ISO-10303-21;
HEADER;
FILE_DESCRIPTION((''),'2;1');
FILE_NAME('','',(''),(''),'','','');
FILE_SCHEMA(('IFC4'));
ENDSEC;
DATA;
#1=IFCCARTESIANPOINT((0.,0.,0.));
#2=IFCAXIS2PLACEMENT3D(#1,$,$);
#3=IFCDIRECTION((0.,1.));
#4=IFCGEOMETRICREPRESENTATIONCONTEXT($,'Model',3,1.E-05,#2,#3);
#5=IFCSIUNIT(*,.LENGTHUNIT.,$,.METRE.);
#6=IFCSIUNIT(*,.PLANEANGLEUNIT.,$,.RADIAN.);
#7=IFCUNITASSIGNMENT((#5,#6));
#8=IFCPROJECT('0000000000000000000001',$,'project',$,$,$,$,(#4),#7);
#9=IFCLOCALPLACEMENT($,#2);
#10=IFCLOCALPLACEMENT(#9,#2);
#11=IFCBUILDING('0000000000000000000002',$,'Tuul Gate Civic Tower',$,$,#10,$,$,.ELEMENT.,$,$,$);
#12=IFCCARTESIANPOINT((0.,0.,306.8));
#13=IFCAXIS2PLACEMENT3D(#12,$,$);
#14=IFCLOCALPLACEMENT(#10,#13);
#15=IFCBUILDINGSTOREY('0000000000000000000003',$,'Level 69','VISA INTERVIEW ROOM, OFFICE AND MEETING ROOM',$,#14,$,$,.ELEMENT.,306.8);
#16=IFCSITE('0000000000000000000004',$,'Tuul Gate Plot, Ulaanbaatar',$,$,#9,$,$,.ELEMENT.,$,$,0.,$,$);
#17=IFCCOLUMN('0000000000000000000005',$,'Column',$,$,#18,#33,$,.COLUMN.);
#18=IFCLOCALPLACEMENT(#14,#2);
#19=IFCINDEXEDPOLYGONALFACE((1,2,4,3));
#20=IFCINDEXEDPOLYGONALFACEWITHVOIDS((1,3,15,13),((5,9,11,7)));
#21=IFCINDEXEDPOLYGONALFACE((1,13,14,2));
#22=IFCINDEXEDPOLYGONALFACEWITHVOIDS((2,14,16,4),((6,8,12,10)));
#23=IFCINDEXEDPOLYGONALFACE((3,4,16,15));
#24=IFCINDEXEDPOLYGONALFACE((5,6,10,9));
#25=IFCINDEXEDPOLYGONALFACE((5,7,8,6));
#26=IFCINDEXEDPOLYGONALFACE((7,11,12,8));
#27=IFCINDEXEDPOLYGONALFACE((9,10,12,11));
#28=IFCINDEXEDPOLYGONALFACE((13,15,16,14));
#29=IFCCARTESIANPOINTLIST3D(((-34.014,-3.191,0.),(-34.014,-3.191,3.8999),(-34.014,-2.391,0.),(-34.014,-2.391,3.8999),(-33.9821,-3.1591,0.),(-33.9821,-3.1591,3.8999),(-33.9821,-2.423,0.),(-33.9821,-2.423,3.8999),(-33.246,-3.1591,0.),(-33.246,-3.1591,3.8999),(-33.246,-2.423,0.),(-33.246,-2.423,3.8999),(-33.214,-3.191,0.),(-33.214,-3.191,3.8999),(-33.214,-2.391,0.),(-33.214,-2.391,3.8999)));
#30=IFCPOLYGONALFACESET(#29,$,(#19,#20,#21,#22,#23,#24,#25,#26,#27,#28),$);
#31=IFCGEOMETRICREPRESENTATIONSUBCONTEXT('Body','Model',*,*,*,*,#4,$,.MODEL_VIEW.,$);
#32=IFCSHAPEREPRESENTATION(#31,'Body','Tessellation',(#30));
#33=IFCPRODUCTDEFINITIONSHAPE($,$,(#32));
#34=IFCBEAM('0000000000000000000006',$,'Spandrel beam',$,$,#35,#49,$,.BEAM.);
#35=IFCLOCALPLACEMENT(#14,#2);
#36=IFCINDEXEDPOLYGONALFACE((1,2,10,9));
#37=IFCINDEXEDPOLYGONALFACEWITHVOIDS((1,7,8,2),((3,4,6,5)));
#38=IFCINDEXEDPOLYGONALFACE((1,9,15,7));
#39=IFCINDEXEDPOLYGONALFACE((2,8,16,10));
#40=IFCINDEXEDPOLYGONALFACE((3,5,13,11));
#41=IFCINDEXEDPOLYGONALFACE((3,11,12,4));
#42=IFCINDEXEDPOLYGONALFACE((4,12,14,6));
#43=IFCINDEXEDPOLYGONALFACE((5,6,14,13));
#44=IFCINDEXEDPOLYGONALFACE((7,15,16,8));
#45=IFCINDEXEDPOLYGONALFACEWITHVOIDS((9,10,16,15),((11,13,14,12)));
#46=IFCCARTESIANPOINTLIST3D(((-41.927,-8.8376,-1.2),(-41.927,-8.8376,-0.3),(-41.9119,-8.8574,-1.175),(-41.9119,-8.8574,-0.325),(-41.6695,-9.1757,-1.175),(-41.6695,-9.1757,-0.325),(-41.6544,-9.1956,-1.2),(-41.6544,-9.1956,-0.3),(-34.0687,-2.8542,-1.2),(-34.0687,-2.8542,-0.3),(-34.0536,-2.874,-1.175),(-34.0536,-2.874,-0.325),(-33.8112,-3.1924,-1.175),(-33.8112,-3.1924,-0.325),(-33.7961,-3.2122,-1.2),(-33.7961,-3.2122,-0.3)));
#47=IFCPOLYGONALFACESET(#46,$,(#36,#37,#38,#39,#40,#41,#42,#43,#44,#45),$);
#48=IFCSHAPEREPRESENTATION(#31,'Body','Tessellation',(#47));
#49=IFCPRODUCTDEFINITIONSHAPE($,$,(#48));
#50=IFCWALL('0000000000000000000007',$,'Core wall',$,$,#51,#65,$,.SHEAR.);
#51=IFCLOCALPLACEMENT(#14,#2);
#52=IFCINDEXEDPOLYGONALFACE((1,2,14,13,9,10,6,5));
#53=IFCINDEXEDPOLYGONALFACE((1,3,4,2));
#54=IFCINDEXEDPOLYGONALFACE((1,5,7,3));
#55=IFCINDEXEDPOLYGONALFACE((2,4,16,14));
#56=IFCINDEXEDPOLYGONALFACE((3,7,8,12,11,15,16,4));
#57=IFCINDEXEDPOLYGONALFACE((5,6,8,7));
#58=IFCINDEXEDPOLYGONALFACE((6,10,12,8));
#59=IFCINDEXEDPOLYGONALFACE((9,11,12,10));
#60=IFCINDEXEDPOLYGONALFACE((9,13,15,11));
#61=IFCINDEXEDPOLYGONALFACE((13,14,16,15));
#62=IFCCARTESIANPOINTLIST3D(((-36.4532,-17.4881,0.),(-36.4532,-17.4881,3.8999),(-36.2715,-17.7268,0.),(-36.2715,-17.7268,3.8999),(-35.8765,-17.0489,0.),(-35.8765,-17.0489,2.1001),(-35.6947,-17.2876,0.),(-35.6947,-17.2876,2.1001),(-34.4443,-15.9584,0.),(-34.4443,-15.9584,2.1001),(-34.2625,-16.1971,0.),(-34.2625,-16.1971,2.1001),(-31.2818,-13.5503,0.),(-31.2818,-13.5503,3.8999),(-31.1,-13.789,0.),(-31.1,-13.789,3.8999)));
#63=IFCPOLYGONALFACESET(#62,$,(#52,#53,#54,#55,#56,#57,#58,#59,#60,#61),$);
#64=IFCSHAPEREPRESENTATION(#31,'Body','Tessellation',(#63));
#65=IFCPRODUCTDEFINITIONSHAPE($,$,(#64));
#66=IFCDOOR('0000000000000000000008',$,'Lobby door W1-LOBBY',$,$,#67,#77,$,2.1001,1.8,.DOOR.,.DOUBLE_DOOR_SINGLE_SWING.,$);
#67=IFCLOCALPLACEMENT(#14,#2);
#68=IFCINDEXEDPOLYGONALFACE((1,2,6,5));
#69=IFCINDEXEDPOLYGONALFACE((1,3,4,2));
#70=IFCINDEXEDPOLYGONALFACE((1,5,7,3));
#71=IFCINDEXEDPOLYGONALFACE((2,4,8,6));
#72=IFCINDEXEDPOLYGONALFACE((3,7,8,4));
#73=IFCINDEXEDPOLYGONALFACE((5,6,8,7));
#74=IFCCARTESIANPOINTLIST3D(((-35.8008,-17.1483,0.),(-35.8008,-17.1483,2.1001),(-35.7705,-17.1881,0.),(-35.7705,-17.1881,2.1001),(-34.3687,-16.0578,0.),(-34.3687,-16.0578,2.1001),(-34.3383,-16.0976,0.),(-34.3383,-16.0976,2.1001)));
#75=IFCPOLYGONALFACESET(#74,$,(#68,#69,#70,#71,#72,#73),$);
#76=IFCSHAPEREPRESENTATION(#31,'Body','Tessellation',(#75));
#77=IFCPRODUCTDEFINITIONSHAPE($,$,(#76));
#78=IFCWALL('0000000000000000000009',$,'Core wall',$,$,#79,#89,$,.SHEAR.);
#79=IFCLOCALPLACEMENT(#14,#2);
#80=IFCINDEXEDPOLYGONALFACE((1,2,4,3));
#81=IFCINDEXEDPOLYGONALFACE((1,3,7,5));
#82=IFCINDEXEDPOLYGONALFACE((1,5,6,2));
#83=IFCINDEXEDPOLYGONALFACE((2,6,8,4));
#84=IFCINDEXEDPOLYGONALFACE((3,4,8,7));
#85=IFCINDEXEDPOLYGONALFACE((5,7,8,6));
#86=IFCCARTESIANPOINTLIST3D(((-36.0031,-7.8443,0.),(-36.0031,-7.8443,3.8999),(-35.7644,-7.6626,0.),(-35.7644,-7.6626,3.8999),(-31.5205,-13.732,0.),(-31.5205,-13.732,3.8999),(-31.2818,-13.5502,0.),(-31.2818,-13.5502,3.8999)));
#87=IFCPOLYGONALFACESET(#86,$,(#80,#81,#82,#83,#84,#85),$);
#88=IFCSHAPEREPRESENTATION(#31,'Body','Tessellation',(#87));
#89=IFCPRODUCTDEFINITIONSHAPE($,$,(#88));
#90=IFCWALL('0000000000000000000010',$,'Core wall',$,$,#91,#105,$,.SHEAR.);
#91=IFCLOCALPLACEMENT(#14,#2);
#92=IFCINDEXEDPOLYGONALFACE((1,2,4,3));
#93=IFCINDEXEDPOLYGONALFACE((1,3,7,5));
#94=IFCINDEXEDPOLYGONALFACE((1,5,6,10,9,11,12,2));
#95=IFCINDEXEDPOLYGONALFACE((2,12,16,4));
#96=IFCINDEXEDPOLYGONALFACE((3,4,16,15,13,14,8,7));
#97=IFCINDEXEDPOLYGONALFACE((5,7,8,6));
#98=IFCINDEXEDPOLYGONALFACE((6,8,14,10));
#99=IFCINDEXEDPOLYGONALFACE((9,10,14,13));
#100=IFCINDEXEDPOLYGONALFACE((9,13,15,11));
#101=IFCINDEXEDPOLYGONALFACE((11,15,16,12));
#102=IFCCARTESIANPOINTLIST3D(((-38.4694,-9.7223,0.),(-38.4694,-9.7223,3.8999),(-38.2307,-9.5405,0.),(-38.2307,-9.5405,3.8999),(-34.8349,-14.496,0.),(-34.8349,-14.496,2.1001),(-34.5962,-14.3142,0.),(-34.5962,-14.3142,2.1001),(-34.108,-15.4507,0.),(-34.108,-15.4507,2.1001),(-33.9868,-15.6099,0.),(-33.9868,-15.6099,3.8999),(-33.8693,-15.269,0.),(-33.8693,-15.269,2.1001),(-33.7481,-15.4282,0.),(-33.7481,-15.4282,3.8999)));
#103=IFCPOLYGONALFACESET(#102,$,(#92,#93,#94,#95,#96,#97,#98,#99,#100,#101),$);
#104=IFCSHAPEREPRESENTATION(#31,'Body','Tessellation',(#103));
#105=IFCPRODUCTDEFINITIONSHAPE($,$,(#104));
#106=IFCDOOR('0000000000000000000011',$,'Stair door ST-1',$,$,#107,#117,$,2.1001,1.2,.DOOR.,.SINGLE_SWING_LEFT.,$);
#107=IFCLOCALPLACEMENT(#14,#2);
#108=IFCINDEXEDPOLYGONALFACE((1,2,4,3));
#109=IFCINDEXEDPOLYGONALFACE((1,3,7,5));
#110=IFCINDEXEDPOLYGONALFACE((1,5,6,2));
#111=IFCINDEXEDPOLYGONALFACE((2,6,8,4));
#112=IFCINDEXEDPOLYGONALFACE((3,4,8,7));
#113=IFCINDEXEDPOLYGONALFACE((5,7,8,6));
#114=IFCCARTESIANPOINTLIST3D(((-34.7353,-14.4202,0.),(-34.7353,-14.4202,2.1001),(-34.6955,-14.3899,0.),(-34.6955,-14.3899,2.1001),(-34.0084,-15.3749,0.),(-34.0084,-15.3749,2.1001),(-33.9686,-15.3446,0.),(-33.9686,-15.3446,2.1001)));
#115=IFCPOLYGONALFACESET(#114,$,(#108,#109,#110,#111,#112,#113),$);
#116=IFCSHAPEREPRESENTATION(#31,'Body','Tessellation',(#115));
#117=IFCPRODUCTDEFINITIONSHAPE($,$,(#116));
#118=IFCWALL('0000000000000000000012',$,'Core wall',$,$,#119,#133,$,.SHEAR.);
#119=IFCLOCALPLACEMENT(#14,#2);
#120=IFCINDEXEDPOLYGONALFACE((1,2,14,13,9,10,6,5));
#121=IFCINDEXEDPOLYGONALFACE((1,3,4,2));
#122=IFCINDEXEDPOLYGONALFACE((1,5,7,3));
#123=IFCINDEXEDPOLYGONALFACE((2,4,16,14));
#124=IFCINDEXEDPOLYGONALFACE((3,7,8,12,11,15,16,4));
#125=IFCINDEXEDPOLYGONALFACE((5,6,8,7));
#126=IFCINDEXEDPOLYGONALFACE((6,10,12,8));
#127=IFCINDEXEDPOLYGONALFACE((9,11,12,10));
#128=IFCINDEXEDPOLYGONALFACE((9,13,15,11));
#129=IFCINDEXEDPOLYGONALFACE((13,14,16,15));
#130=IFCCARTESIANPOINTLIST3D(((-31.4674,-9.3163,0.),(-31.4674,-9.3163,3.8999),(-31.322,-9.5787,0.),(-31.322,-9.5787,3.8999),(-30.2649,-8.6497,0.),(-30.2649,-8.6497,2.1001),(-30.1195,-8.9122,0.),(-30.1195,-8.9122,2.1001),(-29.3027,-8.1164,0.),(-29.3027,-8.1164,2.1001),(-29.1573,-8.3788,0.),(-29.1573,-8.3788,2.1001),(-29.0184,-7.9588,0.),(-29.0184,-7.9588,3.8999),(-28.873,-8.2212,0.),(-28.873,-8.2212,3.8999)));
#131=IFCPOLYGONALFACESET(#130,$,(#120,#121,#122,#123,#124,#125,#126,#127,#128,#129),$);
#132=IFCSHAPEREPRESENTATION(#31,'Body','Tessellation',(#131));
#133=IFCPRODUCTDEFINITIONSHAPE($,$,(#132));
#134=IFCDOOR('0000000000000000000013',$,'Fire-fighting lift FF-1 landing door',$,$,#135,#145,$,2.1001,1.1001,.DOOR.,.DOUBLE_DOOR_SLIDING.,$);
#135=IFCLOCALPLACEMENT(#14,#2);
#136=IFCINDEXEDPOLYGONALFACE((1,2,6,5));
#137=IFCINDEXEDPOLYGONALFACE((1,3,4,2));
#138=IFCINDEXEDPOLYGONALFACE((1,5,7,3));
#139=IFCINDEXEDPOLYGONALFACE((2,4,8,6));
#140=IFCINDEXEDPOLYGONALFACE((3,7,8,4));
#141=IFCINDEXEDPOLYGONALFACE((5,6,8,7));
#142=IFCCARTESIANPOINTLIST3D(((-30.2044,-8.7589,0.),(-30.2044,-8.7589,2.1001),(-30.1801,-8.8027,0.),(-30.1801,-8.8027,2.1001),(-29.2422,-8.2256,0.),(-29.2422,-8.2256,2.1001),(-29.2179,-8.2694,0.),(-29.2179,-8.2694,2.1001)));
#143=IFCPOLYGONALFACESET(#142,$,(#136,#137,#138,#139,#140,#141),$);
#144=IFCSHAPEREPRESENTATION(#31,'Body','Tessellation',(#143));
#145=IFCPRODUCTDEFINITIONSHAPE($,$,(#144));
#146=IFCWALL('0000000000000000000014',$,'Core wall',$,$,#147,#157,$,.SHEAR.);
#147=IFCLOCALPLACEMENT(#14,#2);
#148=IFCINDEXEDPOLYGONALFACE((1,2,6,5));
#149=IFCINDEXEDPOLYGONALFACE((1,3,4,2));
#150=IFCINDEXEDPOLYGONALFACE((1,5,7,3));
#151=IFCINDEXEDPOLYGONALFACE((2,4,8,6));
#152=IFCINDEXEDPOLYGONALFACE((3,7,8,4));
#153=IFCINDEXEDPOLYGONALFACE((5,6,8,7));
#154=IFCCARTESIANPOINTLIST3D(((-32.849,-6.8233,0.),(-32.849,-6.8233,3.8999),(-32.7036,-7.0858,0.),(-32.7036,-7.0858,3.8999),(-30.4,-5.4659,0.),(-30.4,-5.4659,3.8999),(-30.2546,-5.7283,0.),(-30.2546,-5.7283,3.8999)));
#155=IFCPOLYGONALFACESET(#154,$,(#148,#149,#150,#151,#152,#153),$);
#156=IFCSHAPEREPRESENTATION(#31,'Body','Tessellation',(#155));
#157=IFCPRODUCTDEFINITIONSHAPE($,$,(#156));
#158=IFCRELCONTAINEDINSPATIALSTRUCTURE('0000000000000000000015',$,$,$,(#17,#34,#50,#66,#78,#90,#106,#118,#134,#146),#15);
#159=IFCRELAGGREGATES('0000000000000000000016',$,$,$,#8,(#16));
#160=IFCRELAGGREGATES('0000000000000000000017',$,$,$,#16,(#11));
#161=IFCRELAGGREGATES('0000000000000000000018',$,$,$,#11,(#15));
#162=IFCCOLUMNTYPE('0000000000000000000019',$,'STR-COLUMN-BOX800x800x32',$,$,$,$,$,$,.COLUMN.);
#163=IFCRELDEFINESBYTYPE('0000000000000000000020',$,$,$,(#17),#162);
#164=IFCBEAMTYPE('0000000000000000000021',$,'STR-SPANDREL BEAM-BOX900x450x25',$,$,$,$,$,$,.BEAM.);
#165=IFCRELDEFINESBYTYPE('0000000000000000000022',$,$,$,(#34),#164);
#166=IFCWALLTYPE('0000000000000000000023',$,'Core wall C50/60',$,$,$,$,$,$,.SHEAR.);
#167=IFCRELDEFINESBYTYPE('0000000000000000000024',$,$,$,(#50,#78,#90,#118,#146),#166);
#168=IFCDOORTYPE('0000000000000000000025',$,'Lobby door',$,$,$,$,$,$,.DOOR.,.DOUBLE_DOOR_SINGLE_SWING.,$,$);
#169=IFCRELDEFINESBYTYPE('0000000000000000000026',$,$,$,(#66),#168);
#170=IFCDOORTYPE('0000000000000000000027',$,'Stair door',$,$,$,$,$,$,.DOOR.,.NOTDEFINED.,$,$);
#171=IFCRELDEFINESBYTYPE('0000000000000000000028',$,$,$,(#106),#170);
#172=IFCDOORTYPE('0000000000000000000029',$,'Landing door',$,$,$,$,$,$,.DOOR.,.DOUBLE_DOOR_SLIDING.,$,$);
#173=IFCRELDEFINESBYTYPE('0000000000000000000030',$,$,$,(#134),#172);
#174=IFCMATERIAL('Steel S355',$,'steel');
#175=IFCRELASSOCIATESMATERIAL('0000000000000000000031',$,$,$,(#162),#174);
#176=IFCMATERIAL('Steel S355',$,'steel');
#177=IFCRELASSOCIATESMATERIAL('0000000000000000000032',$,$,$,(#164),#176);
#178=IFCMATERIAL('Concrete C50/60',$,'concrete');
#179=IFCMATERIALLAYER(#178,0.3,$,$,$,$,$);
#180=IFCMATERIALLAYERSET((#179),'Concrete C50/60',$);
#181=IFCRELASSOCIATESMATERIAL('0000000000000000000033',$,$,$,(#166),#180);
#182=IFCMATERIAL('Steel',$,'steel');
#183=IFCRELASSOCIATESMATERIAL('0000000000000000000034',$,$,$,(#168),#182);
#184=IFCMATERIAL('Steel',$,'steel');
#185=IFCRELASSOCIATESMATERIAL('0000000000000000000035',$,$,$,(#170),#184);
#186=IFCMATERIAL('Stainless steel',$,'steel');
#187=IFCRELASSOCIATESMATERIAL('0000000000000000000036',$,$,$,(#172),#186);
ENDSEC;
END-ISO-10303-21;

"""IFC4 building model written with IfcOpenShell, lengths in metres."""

from ifc_helpers import new_model, si_unit, direction, frame, frame_2d, origin, origin_2d, place, context, subcontext, project, spatial, rectangle, hollow_rectangle, extrude, material, layer, layer_set, material_profile, profile_set, type_object, element, fill, save


model = new_model("IFC4")

# Units and contexts
model_context = context("Model", 3, precision=1e-05, world=origin(), true_north=direction((0.0, 1.0)))
body_context = subcontext(model_context, "Body", "Model", "MODEL_VIEW")
ifc_project = project(units=[si_unit("LENGTHUNIT", "METRE"), si_unit("PLANEANGLEUNIT", "RADIAN")], contexts=[model_context])

# Site, building, storey
site_placement = place(None, origin())
site = spatial("IfcSite", under=ifc_project, at=site_placement, Name="Tuul Gate Plot, Ulaanbaatar", CompositionType="ELEMENT", RefElevation=0.0)
building_placement = place(site_placement, origin())
building = spatial("IfcBuilding", under=site, at=building_placement, Name="Tuul Gate Civic Tower", CompositionType="ELEMENT")
storey_placement = place(building_placement, frame((0.0, 0.0, 306.8)))
storey = spatial("IfcBuildingStorey", under=building, at=storey_placement, Name="Level 69", Description="VISA INTERVIEW ROOM, OFFICE AND MEETING ROOM", CompositionType="ELEMENT", Elevation=306.8)

# Column
ifc_material_1 = material(Name="Steel S355", Category="steel")
ifc_material_profile_1 = material_profile(ifc_material_1, hollow_rectangle(XDim=0.8, YDim=0.8, WallThickness=0.032, at=origin_2d()), Name="BOX800x800x32")
ifc_profile_set_1 = profile_set([ifc_material_profile_1], Name="Steel S355")
column_type = type_object("IfcColumnType", Name="STR-COLUMN-BOX800x800x32", PredefinedType="COLUMN", material=ifc_profile_set_1)
column_placement = place(storey_placement, frame((-33.614, -2.791, 0.0), z_axis=(0.0, 0.0, 1.0), x_axis=(1.0, 0.0, 0.0)))
element("IfcColumn", 1, at=column_placement, inside=storey, type_object=column_type, Name="Column", PredefinedType="COLUMN", context=body_context, shape_type="SweptSolid", body=[
    extrude(hollow_rectangle(XDim=0.8, YDim=0.8, WallThickness=0.032, at=origin_2d()), origin(), (0.0, 0.0, 1.0), 3.8999),
])

# Beam
ifc_material_2 = material(Name="Steel S355", Category="steel")
ifc_material_profile_2 = material_profile(ifc_material_2, hollow_rectangle(XDim=0.45, YDim=0.8999, WallThickness=0.0249, at=origin_2d()), Name="BOX900x450x25")
ifc_profile_set_2 = profile_set([ifc_material_profile_2], Name="Steel S355")
beam_type = type_object("IfcBeamType", Name="STR-SPANDREL BEAM-BOX900x450x25", PredefinedType="BEAM", material=ifc_profile_set_2)
beam_placement = place(storey_placement, frame((-33.9324, -3.0332, -0.75), z_axis=(-0.795625, -0.60579, 0.0), x_axis=(0.60579, -0.795625, 0.0)))
element("IfcBeam", 2, at=beam_placement, inside=storey, type_object=beam_type, Name="Spandrel beam", PredefinedType="BEAM", context=body_context, shape_type="SweptSolid", body=[
    extrude(hollow_rectangle(XDim=0.45, YDim=0.8999, WallThickness=0.0249, at=origin_2d()), origin(), (0.0, 0.0, 1.0), 9.877),
])

# Wall, opening, door
ifc_material_3 = material(Name="Concrete C50/60", Category="concrete")
ifc_layer_1 = layer(ifc_material_3, 0.3)
ifc_layer_set_1 = layer_set([ifc_layer_1], Name="Concrete C50/60")
wall_type_1 = type_object("IfcWallType", Name="Core wall C50/60", PredefinedType="SHEAR", material=ifc_layer_set_1)
wall_1_placement = place(storey_placement, frame((-31.1909, -13.6697, 0.0), z_axis=(0.0, 0.0, 1.0), x_axis=(-0.795607, -0.605813, 0.0)))
wall_1 = element("IfcWall", 3, at=wall_1_placement, inside=storey, type_object=wall_type_1, Name="Core wall", PredefinedType="SHEAR", context=body_context, shape_type="SweptSolid", body=[
    extrude(rectangle(XDim=6.5, YDim=0.3, at=frame_2d((3.25, 0.0))), origin(), (0.0, 0.0, 1.0), 3.8999),
])
opening_1_placement = place(wall_1_placement, frame((3.9751, 0.0, 0.0)))
opening_1 = element("IfcOpeningElement", 4, at=opening_1_placement, cuts=wall_1, PredefinedType="OPENING", context=body_context, shape_type="SweptSolid", body=[
    extrude(rectangle(XDim=1.8, YDim=2.1001, at=frame_2d((0.8999, 1.05))), frame((0.0, 0.1602, 0.0), z_axis=(0.0, -1.0, 0.0), x_axis=(1.0, 0.0, 0.0)), (0.0, 0.0, 1.0), 0.3201),
])
ifc_material_4 = material(Name="Steel", Category="steel")
door_type_1 = type_object("IfcDoorType", Name="Lobby door", OperationType="DOUBLE_DOOR_SINGLE_SWING", PredefinedType="DOOR", material=ifc_material_4)
door_1_placement = place(opening_1_placement, origin())
door_1 = element("IfcDoor", 5, at=door_1_placement, inside=storey, type_object=door_type_1, Name="Lobby door W1-LOBBY", OperationType="DOUBLE_DOOR_SINGLE_SWING", OverallHeight=2.1001, OverallWidth=1.8, PredefinedType="DOOR", context=body_context, shape_type="SweptSolid", body=[
    extrude(rectangle(XDim=1.8, YDim=2.1001, at=frame_2d((0.8999, 1.05))), frame((0.0, 0.0249, 0.0), z_axis=(0.0, -1.0, 0.0), x_axis=(1.0, 0.0, 0.0)), (0.0, 0.0, 1.0), 0.05),
])
fill(opening_1, door_1)

# Wall
wall_2_placement = place(storey_placement, frame((-31.4011, -13.6411, 0.0), z_axis=(0.0, 0.0, 1.0), x_axis=(-0.60577, 0.79564, 0.0)))
element("IfcWall", 6, at=wall_2_placement, inside=storey, type_object=wall_type_1, Name="Core wall", PredefinedType="SHEAR", context=body_context, shape_type="SweptSolid", body=[
    extrude(rectangle(XDim=7.3999, YDim=0.3, at=frame_2d((3.7, 0.0))), origin(), (0.0, 0.0, 1.0), 3.8999),
])

# Walls, openings, doors
wall_3_placement = place(storey_placement, frame((-33.8674, -15.519, 0.0), z_axis=(0.0, 0.0, 1.0), x_axis=(-0.60577, 0.79564, 0.0)))
wall_3 = element("IfcWall", 7, at=wall_3_placement, inside=storey, type_object=wall_type_1, Name="Core wall", PredefinedType="SHEAR", context=body_context, shape_type="SweptSolid", body=[
    extrude(rectangle(XDim=7.3999, YDim=0.3, at=frame_2d((3.7, 0.0))), origin(), (0.0, 0.0, 1.0), 3.8999),
])
opening_2_placement = place(wall_3_placement, frame((0.2, 0.0, 0.0)))
opening_2 = element("IfcOpeningElement", 8, at=opening_2_placement, cuts=wall_3, PredefinedType="OPENING", context=body_context, shape_type="SweptSolid", body=[
    extrude(rectangle(XDim=1.2, YDim=2.1001, at=frame_2d((0.6001, 1.05))), frame((0.0, 0.1602, 0.0), z_axis=(0.0, -1.0, 0.0), x_axis=(1.0, 0.0, 0.0)), (0.0, 0.0, 1.0), 0.3201),
])
ifc_material_5 = material(Name="Steel", Category="steel")
door_type_2 = type_object("IfcDoorType", Name="Stair door", OperationType="NOTDEFINED", PredefinedType="DOOR", material=ifc_material_5)
door_2_placement = place(opening_2_placement, origin())
door_2 = element("IfcDoor", 9, at=door_2_placement, inside=storey, type_object=door_type_2, Name="Stair door ST-1", OperationType="SINGLE_SWING_LEFT", OverallHeight=2.1001, OverallWidth=1.2, PredefinedType="DOOR", context=body_context, shape_type="SweptSolid", body=[
    extrude(rectangle(XDim=1.2, YDim=2.1001, at=frame_2d((0.6001, 1.05))), frame((0.0, 0.0249, 0.0), z_axis=(0.0, -1.0, 0.0), x_axis=(1.0, 0.0, 0.0)), (0.0, 0.0, 1.0), 0.05),
])
fill(opening_2, door_2)
wall_4_placement = place(storey_placement, frame((-28.9458, -8.0901, 0.0), z_axis=(0.0, 0.0, 1.0), x_axis=(-0.87463, -0.484791, 0.0)))
wall_4 = element("IfcWall", 10, at=wall_4_placement, inside=storey, type_object=wall_type_1, Name="Core wall", PredefinedType="SHEAR", context=body_context, shape_type="SweptSolid", body=[
    extrude(rectangle(XDim=2.8, YDim=0.3, at=frame_2d((1.3999, 0.0))), origin(), (0.0, 0.0, 1.0), 3.8999),
])
opening_3_placement = place(wall_4_placement, frame((0.325, 0.0, 0.0)))
opening_3 = element("IfcOpeningElement", 11, at=opening_3_placement, cuts=wall_4, PredefinedType="OPENING", context=body_context, shape_type="SweptSolid", body=[
    extrude(rectangle(XDim=1.1001, YDim=2.1001, at=frame_2d((0.55, 1.05))), frame((0.0, 0.1602, 0.0), z_axis=(0.0, -1.0, 0.0), x_axis=(1.0, 0.0, 0.0)), (0.0, 0.0, 1.0), 0.3201),
])
ifc_material_6 = material(Name="Stainless steel", Category="steel")
door_type_3 = type_object("IfcDoorType", Name="Landing door", OperationType="DOUBLE_DOOR_SLIDING", PredefinedType="DOOR", material=ifc_material_6)
door_3_placement = place(opening_3_placement, origin())
door_3 = element("IfcDoor", 12, at=door_3_placement, inside=storey, type_object=door_type_3, Name="Fire-fighting lift FF-1 landing door", OperationType="DOUBLE_DOOR_SLIDING", OverallHeight=2.1001, OverallWidth=1.1001, PredefinedType="DOOR", context=body_context, shape_type="SweptSolid", body=[
    extrude(rectangle(XDim=1.1001, YDim=2.1001, at=frame_2d((0.55, 1.05))), frame((0.0, 0.0249, 0.0), z_axis=(0.0, -1.0, 0.0), x_axis=(1.0, 0.0, 0.0)), (0.0, 0.0, 1.0), 0.05),
])
fill(opening_3, door_3)

# Wall
wall_5_placement = place(storey_placement, frame((-30.3274, -5.5972, 0.0), z_axis=(0.0, 0.0, 1.0), x_axis=(-0.87463, -0.484791, 0.0)))
element("IfcWall", 13, at=wall_5_placement, inside=storey, type_object=wall_type_1, Name="Core wall", PredefinedType="SHEAR", context=body_context, shape_type="SweptSolid", body=[
    extrude(rectangle(XDim=2.8, YDim=0.3, at=frame_2d((1.3999, 0.0))), origin(), (0.0, 0.0, 1.0), 3.8999),
])

save(model, "model.ifc")
